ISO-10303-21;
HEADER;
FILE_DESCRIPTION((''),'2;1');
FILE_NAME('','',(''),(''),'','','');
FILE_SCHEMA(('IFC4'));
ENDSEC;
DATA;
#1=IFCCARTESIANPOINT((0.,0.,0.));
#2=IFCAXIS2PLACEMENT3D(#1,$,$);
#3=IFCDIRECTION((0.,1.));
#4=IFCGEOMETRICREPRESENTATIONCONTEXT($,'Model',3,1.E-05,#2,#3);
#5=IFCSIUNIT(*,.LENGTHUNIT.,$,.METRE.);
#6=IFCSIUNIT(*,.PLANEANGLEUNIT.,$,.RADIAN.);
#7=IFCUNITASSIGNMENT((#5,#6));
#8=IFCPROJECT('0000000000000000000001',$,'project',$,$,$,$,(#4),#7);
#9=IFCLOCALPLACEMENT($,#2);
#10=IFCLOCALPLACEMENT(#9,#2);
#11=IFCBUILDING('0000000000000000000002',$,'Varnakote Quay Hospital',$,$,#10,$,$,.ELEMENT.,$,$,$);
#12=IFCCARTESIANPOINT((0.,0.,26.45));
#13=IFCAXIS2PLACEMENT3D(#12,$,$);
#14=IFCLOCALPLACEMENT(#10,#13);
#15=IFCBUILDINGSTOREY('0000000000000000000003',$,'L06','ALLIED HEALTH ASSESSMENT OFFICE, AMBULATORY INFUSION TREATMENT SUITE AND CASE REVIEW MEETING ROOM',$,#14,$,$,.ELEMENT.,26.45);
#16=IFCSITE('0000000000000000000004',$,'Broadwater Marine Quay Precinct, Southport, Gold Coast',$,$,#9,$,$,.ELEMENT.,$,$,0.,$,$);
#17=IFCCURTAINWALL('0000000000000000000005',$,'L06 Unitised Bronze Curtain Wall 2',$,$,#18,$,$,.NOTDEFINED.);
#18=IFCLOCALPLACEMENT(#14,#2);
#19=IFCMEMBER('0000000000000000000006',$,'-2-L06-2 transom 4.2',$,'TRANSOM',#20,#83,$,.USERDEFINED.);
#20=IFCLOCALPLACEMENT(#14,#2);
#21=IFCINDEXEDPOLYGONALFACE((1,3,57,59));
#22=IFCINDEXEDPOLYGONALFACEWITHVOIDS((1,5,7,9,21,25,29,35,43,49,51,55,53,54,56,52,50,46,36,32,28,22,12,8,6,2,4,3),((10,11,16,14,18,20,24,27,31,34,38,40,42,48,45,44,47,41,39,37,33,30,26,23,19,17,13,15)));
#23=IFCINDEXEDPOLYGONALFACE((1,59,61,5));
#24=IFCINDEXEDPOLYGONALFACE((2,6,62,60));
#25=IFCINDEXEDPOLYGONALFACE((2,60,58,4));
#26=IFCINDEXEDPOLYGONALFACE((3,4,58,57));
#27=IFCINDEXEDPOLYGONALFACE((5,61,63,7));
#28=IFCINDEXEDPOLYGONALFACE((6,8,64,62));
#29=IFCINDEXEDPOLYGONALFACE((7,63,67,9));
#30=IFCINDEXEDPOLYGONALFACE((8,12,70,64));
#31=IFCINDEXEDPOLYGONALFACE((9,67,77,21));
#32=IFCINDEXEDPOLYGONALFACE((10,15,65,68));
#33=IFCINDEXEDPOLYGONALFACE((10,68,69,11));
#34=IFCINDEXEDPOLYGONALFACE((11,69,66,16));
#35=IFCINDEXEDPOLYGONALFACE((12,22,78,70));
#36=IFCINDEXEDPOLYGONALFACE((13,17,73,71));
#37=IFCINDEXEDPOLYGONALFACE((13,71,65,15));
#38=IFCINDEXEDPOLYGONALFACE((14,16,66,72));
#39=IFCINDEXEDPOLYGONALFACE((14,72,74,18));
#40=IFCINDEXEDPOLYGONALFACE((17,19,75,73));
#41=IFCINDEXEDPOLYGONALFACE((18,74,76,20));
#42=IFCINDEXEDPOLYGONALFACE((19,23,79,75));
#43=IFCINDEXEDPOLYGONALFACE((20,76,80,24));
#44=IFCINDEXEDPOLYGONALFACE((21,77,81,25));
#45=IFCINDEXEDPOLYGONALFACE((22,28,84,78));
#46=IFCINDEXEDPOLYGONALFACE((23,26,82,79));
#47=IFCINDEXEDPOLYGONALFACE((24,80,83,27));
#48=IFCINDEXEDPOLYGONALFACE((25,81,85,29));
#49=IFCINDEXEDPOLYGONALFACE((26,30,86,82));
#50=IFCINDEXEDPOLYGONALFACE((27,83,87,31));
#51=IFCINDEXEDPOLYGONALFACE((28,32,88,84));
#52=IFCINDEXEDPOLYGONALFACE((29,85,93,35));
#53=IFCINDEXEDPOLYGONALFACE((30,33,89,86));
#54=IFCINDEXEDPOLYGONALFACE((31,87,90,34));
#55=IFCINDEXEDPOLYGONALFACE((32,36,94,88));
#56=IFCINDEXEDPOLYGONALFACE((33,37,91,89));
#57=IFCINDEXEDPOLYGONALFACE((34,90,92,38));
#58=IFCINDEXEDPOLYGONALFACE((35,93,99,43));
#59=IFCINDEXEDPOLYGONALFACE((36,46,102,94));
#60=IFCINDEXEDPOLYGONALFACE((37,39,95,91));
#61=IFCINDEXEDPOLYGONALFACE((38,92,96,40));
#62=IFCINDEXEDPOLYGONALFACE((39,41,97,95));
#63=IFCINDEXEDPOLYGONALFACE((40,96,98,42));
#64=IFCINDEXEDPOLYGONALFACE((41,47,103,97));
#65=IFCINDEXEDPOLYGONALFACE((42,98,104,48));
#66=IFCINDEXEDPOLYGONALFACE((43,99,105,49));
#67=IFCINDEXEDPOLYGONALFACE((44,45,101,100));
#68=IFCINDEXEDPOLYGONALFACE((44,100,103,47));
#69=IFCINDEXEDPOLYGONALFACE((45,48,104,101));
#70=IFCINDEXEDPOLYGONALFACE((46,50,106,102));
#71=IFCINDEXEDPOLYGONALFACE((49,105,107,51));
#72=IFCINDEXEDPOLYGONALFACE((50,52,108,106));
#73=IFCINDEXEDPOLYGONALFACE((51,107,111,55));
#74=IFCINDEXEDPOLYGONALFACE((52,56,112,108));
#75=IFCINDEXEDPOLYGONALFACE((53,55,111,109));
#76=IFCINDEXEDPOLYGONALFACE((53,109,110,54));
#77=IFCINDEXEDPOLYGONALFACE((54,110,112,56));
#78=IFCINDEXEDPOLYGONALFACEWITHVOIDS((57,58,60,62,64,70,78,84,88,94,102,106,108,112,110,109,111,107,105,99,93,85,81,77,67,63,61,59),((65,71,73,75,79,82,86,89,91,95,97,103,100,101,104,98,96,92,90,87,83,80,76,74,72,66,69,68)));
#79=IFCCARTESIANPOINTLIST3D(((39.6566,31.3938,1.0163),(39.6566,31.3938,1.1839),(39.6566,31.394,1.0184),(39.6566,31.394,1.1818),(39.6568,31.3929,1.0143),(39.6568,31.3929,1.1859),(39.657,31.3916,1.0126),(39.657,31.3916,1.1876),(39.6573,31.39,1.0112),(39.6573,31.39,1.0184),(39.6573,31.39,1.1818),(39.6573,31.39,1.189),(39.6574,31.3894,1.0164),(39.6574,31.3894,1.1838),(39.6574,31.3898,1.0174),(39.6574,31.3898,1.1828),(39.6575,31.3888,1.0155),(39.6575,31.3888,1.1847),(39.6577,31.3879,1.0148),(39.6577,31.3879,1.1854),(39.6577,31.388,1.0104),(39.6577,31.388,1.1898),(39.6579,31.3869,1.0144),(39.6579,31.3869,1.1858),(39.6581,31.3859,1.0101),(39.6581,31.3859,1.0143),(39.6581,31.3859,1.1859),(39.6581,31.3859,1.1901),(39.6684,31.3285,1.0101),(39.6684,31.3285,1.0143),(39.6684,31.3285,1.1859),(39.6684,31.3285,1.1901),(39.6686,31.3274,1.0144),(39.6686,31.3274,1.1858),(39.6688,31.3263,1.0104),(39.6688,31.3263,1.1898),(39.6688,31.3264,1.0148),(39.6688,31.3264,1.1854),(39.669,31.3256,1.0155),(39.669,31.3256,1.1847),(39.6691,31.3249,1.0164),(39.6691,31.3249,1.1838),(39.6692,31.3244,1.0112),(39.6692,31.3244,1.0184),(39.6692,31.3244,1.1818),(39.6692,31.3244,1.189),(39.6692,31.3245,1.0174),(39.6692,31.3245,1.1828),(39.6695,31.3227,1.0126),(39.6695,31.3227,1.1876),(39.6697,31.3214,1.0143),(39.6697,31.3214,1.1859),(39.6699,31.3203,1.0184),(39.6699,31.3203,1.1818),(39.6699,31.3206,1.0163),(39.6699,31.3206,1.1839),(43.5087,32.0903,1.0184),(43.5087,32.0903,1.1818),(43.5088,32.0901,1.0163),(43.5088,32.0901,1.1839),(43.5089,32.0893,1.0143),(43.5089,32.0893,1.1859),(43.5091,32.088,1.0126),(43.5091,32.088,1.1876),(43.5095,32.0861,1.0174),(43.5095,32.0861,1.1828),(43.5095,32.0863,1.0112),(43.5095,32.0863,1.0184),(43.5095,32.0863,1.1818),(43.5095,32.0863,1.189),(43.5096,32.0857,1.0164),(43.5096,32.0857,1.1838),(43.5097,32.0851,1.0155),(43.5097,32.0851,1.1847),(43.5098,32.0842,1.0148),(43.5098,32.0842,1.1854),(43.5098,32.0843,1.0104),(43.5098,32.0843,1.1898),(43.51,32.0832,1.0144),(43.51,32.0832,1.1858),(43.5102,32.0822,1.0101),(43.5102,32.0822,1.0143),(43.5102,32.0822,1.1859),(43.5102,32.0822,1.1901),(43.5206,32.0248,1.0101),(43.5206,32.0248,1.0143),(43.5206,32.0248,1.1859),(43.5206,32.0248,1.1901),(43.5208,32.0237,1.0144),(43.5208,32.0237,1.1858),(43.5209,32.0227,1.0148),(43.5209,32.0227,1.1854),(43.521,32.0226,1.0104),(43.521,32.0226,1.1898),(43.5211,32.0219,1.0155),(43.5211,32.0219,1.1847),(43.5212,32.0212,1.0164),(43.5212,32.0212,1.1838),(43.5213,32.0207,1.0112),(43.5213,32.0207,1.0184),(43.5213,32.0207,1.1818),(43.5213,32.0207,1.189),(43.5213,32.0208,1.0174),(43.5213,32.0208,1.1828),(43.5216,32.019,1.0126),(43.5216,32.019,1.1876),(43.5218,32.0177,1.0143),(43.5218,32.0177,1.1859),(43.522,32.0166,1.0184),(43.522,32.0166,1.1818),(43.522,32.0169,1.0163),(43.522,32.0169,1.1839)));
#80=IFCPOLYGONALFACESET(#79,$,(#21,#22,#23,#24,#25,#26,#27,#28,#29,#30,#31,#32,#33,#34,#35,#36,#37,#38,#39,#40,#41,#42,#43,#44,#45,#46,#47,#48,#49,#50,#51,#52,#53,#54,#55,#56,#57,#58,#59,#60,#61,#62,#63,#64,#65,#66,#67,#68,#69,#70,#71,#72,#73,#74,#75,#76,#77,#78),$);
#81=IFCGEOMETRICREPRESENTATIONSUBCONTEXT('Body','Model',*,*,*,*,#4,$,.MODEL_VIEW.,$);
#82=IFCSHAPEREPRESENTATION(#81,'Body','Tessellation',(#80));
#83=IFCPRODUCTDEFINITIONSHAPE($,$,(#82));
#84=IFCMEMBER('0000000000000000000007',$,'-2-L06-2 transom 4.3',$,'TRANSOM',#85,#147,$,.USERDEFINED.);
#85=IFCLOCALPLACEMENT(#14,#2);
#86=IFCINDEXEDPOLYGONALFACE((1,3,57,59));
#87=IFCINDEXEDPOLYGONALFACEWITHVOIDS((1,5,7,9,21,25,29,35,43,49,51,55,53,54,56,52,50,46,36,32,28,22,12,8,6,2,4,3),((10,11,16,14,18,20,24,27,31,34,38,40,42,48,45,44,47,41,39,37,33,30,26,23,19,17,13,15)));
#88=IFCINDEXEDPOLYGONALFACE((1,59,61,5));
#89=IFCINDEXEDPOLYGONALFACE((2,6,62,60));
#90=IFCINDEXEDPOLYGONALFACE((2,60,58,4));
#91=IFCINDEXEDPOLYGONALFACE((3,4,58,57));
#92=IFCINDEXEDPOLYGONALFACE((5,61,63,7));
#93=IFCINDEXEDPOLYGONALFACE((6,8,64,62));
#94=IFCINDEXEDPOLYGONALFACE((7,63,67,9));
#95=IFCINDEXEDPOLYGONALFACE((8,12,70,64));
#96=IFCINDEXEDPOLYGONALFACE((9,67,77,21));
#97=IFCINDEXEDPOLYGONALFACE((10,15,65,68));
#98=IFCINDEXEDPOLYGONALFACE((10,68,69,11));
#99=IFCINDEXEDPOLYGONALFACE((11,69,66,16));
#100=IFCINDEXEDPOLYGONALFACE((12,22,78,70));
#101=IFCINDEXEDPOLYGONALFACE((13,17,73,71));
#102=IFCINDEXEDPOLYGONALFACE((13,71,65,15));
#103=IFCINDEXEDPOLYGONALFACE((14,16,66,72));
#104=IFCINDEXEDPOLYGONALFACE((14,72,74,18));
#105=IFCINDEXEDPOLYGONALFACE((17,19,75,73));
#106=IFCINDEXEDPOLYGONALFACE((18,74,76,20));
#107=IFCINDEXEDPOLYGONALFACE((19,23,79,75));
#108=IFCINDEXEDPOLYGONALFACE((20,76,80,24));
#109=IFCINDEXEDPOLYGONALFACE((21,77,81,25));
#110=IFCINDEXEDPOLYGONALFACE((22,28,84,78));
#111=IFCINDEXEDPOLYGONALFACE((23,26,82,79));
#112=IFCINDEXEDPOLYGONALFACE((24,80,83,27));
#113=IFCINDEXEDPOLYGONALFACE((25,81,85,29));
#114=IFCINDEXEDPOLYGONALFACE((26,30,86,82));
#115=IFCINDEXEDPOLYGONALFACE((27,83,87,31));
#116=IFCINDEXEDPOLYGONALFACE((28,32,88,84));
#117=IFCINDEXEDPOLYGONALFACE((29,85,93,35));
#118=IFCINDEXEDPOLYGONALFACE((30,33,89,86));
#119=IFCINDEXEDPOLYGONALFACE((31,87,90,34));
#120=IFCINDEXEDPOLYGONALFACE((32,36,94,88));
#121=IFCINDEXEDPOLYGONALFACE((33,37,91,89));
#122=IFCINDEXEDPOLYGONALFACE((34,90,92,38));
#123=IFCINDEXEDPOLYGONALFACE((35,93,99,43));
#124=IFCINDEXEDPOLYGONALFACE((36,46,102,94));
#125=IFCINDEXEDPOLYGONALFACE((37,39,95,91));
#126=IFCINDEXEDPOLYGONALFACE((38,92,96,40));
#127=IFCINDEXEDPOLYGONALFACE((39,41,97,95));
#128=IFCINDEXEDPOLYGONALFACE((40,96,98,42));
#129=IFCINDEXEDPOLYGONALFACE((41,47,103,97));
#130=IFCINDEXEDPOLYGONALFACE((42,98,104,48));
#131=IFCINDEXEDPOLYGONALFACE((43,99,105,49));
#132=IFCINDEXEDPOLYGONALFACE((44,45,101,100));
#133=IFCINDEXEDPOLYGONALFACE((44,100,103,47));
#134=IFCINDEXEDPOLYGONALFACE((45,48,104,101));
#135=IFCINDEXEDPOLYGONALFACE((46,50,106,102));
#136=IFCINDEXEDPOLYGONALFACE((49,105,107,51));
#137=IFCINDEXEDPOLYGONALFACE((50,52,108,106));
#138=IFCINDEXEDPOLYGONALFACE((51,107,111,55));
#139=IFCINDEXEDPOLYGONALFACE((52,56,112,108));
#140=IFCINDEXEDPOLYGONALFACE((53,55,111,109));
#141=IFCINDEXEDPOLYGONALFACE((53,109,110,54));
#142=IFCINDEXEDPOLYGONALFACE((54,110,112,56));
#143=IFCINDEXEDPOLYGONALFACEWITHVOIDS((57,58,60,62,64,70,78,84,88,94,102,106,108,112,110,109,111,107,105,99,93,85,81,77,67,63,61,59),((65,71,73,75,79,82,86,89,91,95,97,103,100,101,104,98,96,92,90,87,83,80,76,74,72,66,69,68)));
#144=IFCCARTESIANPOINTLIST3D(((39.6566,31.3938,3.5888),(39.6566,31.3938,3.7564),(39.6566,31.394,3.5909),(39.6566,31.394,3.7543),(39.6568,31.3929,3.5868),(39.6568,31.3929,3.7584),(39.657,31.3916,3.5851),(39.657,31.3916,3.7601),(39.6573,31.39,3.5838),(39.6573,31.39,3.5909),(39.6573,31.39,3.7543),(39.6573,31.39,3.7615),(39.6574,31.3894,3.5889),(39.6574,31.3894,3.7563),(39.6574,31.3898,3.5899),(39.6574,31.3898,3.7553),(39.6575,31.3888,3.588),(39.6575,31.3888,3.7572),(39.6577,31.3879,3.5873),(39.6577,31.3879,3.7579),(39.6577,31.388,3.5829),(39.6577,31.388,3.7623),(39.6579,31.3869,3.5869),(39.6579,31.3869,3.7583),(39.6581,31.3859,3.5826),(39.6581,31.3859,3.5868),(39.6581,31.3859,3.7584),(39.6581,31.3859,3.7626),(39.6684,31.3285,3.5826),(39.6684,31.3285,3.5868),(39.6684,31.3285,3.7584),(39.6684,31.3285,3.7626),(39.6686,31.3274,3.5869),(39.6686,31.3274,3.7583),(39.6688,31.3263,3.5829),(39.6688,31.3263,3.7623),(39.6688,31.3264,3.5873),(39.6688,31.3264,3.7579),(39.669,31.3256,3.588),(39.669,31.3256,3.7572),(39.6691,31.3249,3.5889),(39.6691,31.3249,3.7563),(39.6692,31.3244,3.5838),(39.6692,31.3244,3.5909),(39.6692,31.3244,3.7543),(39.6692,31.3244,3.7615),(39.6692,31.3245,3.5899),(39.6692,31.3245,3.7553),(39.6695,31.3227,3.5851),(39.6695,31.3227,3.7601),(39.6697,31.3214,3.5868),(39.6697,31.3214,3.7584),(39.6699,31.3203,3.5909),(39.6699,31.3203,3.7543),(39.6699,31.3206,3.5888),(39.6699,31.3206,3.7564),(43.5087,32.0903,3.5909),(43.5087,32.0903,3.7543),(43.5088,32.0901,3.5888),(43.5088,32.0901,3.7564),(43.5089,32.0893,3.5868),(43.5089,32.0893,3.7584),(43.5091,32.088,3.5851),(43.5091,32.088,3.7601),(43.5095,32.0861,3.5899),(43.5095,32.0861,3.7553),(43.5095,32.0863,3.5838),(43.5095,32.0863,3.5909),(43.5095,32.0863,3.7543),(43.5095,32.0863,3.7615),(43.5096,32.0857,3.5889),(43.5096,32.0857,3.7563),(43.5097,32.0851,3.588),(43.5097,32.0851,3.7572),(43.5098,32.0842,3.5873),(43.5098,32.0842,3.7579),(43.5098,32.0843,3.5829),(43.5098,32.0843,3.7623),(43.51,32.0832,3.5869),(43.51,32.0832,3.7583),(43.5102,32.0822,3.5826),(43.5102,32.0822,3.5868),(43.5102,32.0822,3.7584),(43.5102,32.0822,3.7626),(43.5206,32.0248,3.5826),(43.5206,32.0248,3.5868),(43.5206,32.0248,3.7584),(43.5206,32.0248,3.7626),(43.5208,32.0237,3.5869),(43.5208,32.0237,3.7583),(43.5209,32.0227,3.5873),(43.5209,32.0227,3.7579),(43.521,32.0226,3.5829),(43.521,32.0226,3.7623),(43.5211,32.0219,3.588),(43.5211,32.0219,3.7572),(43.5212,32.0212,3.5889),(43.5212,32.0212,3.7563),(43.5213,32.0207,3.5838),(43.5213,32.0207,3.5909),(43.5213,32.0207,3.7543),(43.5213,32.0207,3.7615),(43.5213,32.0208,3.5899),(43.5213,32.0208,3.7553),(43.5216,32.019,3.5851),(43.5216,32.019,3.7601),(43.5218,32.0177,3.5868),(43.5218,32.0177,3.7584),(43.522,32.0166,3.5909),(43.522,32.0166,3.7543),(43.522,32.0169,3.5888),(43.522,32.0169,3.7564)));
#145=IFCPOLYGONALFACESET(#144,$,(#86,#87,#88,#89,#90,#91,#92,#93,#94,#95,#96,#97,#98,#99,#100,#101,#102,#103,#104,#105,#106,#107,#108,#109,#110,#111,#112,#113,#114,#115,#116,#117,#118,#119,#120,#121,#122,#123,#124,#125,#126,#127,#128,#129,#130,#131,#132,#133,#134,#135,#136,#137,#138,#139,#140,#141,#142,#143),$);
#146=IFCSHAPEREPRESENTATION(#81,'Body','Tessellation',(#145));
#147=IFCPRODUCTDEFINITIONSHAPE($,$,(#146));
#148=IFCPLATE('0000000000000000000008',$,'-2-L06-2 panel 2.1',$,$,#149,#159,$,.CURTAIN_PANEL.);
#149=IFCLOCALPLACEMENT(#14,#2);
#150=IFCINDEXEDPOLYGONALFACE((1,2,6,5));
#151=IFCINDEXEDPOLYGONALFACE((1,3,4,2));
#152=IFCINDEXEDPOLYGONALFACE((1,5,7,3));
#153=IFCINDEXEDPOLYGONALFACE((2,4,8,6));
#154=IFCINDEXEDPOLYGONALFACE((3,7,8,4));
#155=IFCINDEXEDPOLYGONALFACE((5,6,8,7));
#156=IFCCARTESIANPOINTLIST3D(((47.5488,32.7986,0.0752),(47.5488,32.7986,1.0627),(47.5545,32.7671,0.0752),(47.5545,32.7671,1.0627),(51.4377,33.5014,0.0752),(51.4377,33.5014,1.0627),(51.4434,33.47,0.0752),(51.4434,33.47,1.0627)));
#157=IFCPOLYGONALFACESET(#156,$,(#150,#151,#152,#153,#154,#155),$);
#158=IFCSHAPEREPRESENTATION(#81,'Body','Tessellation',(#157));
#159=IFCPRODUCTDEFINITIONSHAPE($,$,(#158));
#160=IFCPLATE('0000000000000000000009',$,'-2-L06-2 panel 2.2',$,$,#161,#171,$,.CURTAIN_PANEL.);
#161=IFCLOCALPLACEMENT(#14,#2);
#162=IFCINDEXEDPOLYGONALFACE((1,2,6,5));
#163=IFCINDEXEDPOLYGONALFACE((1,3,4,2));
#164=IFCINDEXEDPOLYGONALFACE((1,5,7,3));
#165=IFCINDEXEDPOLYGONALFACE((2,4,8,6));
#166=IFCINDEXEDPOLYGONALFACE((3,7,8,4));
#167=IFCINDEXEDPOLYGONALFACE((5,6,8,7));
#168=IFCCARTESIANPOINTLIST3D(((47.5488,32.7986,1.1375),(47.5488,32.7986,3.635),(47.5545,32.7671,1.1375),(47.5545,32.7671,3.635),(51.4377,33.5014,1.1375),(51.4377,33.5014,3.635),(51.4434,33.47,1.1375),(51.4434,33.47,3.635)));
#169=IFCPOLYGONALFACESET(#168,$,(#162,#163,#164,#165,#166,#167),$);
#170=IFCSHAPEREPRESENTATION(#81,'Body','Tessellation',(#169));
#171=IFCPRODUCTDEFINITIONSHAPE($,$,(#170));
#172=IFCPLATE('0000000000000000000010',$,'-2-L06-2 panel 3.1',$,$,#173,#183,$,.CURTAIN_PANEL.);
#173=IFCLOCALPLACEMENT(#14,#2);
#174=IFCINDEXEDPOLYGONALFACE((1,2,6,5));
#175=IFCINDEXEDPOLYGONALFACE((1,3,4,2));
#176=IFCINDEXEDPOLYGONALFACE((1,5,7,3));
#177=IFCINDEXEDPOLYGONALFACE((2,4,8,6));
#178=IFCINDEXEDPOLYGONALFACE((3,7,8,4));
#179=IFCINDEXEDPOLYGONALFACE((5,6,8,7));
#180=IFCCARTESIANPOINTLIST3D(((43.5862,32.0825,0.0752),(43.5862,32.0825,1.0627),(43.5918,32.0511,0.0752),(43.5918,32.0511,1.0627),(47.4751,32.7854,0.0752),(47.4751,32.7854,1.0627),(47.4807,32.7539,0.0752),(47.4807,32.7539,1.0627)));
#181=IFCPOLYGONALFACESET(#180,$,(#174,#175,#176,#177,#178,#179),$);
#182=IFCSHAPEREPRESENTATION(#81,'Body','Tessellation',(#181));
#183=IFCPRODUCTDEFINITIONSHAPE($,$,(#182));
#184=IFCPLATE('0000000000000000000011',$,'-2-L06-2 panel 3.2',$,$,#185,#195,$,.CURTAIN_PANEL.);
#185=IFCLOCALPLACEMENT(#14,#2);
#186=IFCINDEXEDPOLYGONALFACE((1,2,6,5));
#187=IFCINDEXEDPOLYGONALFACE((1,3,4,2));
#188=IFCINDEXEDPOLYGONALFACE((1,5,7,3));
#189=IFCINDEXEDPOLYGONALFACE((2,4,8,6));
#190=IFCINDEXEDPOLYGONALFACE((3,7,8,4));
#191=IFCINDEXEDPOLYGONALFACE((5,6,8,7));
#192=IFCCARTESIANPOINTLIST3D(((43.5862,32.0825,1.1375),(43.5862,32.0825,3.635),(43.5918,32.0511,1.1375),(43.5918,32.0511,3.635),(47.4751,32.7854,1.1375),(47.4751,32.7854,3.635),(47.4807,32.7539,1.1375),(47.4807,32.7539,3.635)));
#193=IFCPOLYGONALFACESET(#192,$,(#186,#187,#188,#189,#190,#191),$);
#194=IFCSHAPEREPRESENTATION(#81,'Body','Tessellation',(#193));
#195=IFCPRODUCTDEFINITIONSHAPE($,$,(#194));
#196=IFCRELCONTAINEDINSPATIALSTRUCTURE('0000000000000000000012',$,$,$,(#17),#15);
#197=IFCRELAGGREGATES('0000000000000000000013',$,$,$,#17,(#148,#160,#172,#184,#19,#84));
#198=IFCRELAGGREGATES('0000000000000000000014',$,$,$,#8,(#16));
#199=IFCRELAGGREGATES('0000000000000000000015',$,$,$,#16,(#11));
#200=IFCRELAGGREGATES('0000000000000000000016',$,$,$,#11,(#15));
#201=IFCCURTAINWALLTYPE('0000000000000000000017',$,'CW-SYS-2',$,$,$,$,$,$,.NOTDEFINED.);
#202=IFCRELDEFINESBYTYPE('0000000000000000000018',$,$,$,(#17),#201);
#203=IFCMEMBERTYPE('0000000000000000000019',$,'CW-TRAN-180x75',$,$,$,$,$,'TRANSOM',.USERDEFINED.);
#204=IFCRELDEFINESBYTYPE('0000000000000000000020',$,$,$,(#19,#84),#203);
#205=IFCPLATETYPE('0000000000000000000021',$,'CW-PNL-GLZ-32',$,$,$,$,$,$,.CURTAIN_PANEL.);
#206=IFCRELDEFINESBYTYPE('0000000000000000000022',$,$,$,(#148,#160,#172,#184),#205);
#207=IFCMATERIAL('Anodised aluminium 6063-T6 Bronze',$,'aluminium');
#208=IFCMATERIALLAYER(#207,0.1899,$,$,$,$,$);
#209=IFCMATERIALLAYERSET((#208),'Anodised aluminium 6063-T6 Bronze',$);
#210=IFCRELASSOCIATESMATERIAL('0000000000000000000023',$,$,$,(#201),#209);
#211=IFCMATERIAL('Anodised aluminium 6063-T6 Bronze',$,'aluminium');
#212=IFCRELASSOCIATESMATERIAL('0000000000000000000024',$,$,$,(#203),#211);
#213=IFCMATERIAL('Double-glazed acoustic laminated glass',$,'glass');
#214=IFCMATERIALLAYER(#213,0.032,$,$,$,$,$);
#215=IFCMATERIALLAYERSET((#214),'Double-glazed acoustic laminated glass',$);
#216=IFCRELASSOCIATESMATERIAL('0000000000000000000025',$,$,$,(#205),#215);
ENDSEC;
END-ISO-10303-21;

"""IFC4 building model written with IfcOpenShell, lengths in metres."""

from ifc_helpers import new_model, si_unit, direction, frame, origin, origin_2d, place, context, subcontext, project, spatial, rectangle, hollow_rectangle, extrude, material, layer, layer_set, material_profile, profile_set, type_object, element, aggregate, save


model = new_model("IFC4")

# Units and contexts
model_context = context("Model", 3, precision=1e-05, world=origin(), true_north=direction((0.0, 1.0)))
body_context = subcontext(model_context, "Body", "Model", "MODEL_VIEW")
ifc_project = project(units=[si_unit("LENGTHUNIT", "METRE"), si_unit("PLANEANGLEUNIT", "RADIAN")], contexts=[model_context])

# Site, building, storey
site_placement = place(None, origin())
site = spatial("IfcSite", under=ifc_project, at=site_placement, Name="Broadwater Marine Quay Precinct, Southport, Gold Coast", CompositionType="ELEMENT", RefElevation=0.0)
building_placement = place(site_placement, origin())
building = spatial("IfcBuilding", under=site, at=building_placement, Name="Varnakote Quay Hospital", CompositionType="ELEMENT")
storey_placement = place(building_placement, frame((0.0, 0.0, 26.45)))
storey = spatial("IfcBuildingStorey", under=building, at=storey_placement, Name="L06", Description="ALLIED HEALTH ASSESSMENT OFFICE, AMBULATORY INFUSION TREATMENT SUITE AND CASE REVIEW MEETING ROOM", CompositionType="ELEMENT", Elevation=26.45)

# Curtain wall, members, plates
ifc_material_1 = material(Name="Anodised aluminium 6063-T6 Bronze", Category="aluminium")
ifc_layer_1 = layer(ifc_material_1, 0.1899)
ifc_layer_set_1 = layer_set([ifc_layer_1], Name="Anodised aluminium 6063-T6 Bronze")
curtain_wall_type = type_object("IfcCurtainWallType", Name="CW-SYS-2", PredefinedType="NOTDEFINED", material=ifc_layer_set_1)
curtain_wall_placement = place(storey_placement, origin())
curtain_wall = element("IfcCurtainWall", 1, at=curtain_wall_placement, inside=storey, type_object=curtain_wall_type, Name="L06 Unitised Bronze Curtain Wall 2", PredefinedType="NOTDEFINED")
ifc_material_2 = material(Name="Anodised aluminium 6063-T6 Bronze", Category="aluminium")
ifc_material_profile_1 = material_profile(ifc_material_2, hollow_rectangle(XDim=0.075, YDim=0.1799, WallThickness=0.0042, InnerFilletRadius=0.0042, OuterFilletRadius=0.0083, at=origin_2d()), Name="CW-TRAN-180x75")
ifc_profile_set_1 = profile_set([ifc_material_profile_1], Name="Anodised aluminium 6063-T6 Bronze")
member_type_1 = type_object("IfcMemberType", Name="CW-TRAN-180x75", ElementType="TRANSOM", PredefinedType="USERDEFINED", material=ifc_profile_set_1)
member_1_placement = place(storey_placement, frame((43.5154, 32.0535, 1.1001), z_axis=(-0.984053, -0.177875, 0.0), x_axis=(0.177875, -0.984053, 0.0)))
member_1 = element("IfcMember", 2, at=member_1_placement, type_object=member_type_1, Name="-2-L06-2 transom 4.2", ObjectType="TRANSOM", PredefinedType="USERDEFINED", context=body_context, shape_type="SweptSolid", body=[
    extrude(hollow_rectangle(XDim=0.075, YDim=0.1799, WallThickness=0.0042, InnerFilletRadius=0.0042, OuterFilletRadius=0.0083, at=origin_2d()), origin(), (0.0, 0.0, 1.0), 3.9146),
])
member_2_placement = place(storey_placement, frame((43.5154, 32.0535, 3.6726), z_axis=(-0.984053, -0.177875, 0.0), x_axis=(0.177875, -0.984053, 0.0)))
member_2 = element("IfcMember", 3, at=member_2_placement, type_object=member_type_1, Name="-2-L06-2 transom 4.3", ObjectType="TRANSOM", PredefinedType="USERDEFINED", context=body_context, shape_type="SweptSolid", body=[
    extrude(hollow_rectangle(XDim=0.075, YDim=0.1799, WallThickness=0.0042, InnerFilletRadius=0.0042, OuterFilletRadius=0.0083, at=origin_2d()), origin(), (0.0, 0.0, 1.0), 3.9146),
])
ifc_material_3 = material(Name="Double-glazed acoustic laminated glass", Category="glass")
ifc_layer_2 = layer(ifc_material_3, 0.032)
ifc_layer_set_2 = layer_set([ifc_layer_2], Name="Double-glazed acoustic laminated glass")
plate_type = type_object("IfcPlateType", Name="CW-PNL-GLZ-32", PredefinedType="CURTAIN_PANEL", material=ifc_layer_set_2)
plate_1_placement = place(storey_placement, frame((49.4961, 33.1343, 0.0752), z_axis=(0.0, 0.0, 1.0), x_axis=(-0.984058, -0.177846, 0.0)))
plate_1 = element("IfcPlate", 4, at=plate_1_placement, type_object=plate_type, Name="-2-L06-2 panel 2.1", PredefinedType="CURTAIN_PANEL", context=body_context, shape_type="SweptSolid", body=[
    extrude(rectangle(XDim=3.9519, YDim=0.032, at=origin_2d()), origin(), (0.0, 0.0, 1.0), 0.9875),
])
plate_2_placement = place(storey_placement, frame((49.4961, 33.1343, 1.1375), z_axis=(0.0, 0.0, 1.0), x_axis=(-0.984058, -0.177846, 0.0)))
plate_2 = element("IfcPlate", 5, at=plate_2_placement, type_object=plate_type, Name="-2-L06-2 panel 2.2", PredefinedType="CURTAIN_PANEL", context=body_context, shape_type="SweptSolid", body=[
    extrude(rectangle(XDim=3.9519, YDim=0.032, at=origin_2d()), origin(), (0.0, 0.0, 1.0), 2.4976),
])
plate_3_placement = place(storey_placement, frame((45.5334, 32.4182, 0.0752), z_axis=(0.0, 0.0, 1.0), x_axis=(-0.984058, -0.177846, 0.0)))
plate_3 = element("IfcPlate", 6, at=plate_3_placement, type_object=plate_type, Name="-2-L06-2 panel 3.1", PredefinedType="CURTAIN_PANEL", context=body_context, shape_type="SweptSolid", body=[
    extrude(rectangle(XDim=3.9519, YDim=0.032, at=origin_2d()), origin(), (0.0, 0.0, 1.0), 0.9875),
])
plate_4_placement = place(storey_placement, frame((45.5334, 32.4182, 1.1375), z_axis=(0.0, 0.0, 1.0), x_axis=(-0.984058, -0.177846, 0.0)))
plate_4 = element("IfcPlate", 7, at=plate_4_placement, type_object=plate_type, Name="-2-L06-2 panel 3.2", PredefinedType="CURTAIN_PANEL", context=body_context, shape_type="SweptSolid", body=[
    extrude(rectangle(XDim=3.9519, YDim=0.032, at=origin_2d()), origin(), (0.0, 0.0, 1.0), 2.4976),
])
aggregate(curtain_wall, [plate_1, plate_2, plate_3, plate_4, member_1, member_2])

save(model, "model.ifc")
